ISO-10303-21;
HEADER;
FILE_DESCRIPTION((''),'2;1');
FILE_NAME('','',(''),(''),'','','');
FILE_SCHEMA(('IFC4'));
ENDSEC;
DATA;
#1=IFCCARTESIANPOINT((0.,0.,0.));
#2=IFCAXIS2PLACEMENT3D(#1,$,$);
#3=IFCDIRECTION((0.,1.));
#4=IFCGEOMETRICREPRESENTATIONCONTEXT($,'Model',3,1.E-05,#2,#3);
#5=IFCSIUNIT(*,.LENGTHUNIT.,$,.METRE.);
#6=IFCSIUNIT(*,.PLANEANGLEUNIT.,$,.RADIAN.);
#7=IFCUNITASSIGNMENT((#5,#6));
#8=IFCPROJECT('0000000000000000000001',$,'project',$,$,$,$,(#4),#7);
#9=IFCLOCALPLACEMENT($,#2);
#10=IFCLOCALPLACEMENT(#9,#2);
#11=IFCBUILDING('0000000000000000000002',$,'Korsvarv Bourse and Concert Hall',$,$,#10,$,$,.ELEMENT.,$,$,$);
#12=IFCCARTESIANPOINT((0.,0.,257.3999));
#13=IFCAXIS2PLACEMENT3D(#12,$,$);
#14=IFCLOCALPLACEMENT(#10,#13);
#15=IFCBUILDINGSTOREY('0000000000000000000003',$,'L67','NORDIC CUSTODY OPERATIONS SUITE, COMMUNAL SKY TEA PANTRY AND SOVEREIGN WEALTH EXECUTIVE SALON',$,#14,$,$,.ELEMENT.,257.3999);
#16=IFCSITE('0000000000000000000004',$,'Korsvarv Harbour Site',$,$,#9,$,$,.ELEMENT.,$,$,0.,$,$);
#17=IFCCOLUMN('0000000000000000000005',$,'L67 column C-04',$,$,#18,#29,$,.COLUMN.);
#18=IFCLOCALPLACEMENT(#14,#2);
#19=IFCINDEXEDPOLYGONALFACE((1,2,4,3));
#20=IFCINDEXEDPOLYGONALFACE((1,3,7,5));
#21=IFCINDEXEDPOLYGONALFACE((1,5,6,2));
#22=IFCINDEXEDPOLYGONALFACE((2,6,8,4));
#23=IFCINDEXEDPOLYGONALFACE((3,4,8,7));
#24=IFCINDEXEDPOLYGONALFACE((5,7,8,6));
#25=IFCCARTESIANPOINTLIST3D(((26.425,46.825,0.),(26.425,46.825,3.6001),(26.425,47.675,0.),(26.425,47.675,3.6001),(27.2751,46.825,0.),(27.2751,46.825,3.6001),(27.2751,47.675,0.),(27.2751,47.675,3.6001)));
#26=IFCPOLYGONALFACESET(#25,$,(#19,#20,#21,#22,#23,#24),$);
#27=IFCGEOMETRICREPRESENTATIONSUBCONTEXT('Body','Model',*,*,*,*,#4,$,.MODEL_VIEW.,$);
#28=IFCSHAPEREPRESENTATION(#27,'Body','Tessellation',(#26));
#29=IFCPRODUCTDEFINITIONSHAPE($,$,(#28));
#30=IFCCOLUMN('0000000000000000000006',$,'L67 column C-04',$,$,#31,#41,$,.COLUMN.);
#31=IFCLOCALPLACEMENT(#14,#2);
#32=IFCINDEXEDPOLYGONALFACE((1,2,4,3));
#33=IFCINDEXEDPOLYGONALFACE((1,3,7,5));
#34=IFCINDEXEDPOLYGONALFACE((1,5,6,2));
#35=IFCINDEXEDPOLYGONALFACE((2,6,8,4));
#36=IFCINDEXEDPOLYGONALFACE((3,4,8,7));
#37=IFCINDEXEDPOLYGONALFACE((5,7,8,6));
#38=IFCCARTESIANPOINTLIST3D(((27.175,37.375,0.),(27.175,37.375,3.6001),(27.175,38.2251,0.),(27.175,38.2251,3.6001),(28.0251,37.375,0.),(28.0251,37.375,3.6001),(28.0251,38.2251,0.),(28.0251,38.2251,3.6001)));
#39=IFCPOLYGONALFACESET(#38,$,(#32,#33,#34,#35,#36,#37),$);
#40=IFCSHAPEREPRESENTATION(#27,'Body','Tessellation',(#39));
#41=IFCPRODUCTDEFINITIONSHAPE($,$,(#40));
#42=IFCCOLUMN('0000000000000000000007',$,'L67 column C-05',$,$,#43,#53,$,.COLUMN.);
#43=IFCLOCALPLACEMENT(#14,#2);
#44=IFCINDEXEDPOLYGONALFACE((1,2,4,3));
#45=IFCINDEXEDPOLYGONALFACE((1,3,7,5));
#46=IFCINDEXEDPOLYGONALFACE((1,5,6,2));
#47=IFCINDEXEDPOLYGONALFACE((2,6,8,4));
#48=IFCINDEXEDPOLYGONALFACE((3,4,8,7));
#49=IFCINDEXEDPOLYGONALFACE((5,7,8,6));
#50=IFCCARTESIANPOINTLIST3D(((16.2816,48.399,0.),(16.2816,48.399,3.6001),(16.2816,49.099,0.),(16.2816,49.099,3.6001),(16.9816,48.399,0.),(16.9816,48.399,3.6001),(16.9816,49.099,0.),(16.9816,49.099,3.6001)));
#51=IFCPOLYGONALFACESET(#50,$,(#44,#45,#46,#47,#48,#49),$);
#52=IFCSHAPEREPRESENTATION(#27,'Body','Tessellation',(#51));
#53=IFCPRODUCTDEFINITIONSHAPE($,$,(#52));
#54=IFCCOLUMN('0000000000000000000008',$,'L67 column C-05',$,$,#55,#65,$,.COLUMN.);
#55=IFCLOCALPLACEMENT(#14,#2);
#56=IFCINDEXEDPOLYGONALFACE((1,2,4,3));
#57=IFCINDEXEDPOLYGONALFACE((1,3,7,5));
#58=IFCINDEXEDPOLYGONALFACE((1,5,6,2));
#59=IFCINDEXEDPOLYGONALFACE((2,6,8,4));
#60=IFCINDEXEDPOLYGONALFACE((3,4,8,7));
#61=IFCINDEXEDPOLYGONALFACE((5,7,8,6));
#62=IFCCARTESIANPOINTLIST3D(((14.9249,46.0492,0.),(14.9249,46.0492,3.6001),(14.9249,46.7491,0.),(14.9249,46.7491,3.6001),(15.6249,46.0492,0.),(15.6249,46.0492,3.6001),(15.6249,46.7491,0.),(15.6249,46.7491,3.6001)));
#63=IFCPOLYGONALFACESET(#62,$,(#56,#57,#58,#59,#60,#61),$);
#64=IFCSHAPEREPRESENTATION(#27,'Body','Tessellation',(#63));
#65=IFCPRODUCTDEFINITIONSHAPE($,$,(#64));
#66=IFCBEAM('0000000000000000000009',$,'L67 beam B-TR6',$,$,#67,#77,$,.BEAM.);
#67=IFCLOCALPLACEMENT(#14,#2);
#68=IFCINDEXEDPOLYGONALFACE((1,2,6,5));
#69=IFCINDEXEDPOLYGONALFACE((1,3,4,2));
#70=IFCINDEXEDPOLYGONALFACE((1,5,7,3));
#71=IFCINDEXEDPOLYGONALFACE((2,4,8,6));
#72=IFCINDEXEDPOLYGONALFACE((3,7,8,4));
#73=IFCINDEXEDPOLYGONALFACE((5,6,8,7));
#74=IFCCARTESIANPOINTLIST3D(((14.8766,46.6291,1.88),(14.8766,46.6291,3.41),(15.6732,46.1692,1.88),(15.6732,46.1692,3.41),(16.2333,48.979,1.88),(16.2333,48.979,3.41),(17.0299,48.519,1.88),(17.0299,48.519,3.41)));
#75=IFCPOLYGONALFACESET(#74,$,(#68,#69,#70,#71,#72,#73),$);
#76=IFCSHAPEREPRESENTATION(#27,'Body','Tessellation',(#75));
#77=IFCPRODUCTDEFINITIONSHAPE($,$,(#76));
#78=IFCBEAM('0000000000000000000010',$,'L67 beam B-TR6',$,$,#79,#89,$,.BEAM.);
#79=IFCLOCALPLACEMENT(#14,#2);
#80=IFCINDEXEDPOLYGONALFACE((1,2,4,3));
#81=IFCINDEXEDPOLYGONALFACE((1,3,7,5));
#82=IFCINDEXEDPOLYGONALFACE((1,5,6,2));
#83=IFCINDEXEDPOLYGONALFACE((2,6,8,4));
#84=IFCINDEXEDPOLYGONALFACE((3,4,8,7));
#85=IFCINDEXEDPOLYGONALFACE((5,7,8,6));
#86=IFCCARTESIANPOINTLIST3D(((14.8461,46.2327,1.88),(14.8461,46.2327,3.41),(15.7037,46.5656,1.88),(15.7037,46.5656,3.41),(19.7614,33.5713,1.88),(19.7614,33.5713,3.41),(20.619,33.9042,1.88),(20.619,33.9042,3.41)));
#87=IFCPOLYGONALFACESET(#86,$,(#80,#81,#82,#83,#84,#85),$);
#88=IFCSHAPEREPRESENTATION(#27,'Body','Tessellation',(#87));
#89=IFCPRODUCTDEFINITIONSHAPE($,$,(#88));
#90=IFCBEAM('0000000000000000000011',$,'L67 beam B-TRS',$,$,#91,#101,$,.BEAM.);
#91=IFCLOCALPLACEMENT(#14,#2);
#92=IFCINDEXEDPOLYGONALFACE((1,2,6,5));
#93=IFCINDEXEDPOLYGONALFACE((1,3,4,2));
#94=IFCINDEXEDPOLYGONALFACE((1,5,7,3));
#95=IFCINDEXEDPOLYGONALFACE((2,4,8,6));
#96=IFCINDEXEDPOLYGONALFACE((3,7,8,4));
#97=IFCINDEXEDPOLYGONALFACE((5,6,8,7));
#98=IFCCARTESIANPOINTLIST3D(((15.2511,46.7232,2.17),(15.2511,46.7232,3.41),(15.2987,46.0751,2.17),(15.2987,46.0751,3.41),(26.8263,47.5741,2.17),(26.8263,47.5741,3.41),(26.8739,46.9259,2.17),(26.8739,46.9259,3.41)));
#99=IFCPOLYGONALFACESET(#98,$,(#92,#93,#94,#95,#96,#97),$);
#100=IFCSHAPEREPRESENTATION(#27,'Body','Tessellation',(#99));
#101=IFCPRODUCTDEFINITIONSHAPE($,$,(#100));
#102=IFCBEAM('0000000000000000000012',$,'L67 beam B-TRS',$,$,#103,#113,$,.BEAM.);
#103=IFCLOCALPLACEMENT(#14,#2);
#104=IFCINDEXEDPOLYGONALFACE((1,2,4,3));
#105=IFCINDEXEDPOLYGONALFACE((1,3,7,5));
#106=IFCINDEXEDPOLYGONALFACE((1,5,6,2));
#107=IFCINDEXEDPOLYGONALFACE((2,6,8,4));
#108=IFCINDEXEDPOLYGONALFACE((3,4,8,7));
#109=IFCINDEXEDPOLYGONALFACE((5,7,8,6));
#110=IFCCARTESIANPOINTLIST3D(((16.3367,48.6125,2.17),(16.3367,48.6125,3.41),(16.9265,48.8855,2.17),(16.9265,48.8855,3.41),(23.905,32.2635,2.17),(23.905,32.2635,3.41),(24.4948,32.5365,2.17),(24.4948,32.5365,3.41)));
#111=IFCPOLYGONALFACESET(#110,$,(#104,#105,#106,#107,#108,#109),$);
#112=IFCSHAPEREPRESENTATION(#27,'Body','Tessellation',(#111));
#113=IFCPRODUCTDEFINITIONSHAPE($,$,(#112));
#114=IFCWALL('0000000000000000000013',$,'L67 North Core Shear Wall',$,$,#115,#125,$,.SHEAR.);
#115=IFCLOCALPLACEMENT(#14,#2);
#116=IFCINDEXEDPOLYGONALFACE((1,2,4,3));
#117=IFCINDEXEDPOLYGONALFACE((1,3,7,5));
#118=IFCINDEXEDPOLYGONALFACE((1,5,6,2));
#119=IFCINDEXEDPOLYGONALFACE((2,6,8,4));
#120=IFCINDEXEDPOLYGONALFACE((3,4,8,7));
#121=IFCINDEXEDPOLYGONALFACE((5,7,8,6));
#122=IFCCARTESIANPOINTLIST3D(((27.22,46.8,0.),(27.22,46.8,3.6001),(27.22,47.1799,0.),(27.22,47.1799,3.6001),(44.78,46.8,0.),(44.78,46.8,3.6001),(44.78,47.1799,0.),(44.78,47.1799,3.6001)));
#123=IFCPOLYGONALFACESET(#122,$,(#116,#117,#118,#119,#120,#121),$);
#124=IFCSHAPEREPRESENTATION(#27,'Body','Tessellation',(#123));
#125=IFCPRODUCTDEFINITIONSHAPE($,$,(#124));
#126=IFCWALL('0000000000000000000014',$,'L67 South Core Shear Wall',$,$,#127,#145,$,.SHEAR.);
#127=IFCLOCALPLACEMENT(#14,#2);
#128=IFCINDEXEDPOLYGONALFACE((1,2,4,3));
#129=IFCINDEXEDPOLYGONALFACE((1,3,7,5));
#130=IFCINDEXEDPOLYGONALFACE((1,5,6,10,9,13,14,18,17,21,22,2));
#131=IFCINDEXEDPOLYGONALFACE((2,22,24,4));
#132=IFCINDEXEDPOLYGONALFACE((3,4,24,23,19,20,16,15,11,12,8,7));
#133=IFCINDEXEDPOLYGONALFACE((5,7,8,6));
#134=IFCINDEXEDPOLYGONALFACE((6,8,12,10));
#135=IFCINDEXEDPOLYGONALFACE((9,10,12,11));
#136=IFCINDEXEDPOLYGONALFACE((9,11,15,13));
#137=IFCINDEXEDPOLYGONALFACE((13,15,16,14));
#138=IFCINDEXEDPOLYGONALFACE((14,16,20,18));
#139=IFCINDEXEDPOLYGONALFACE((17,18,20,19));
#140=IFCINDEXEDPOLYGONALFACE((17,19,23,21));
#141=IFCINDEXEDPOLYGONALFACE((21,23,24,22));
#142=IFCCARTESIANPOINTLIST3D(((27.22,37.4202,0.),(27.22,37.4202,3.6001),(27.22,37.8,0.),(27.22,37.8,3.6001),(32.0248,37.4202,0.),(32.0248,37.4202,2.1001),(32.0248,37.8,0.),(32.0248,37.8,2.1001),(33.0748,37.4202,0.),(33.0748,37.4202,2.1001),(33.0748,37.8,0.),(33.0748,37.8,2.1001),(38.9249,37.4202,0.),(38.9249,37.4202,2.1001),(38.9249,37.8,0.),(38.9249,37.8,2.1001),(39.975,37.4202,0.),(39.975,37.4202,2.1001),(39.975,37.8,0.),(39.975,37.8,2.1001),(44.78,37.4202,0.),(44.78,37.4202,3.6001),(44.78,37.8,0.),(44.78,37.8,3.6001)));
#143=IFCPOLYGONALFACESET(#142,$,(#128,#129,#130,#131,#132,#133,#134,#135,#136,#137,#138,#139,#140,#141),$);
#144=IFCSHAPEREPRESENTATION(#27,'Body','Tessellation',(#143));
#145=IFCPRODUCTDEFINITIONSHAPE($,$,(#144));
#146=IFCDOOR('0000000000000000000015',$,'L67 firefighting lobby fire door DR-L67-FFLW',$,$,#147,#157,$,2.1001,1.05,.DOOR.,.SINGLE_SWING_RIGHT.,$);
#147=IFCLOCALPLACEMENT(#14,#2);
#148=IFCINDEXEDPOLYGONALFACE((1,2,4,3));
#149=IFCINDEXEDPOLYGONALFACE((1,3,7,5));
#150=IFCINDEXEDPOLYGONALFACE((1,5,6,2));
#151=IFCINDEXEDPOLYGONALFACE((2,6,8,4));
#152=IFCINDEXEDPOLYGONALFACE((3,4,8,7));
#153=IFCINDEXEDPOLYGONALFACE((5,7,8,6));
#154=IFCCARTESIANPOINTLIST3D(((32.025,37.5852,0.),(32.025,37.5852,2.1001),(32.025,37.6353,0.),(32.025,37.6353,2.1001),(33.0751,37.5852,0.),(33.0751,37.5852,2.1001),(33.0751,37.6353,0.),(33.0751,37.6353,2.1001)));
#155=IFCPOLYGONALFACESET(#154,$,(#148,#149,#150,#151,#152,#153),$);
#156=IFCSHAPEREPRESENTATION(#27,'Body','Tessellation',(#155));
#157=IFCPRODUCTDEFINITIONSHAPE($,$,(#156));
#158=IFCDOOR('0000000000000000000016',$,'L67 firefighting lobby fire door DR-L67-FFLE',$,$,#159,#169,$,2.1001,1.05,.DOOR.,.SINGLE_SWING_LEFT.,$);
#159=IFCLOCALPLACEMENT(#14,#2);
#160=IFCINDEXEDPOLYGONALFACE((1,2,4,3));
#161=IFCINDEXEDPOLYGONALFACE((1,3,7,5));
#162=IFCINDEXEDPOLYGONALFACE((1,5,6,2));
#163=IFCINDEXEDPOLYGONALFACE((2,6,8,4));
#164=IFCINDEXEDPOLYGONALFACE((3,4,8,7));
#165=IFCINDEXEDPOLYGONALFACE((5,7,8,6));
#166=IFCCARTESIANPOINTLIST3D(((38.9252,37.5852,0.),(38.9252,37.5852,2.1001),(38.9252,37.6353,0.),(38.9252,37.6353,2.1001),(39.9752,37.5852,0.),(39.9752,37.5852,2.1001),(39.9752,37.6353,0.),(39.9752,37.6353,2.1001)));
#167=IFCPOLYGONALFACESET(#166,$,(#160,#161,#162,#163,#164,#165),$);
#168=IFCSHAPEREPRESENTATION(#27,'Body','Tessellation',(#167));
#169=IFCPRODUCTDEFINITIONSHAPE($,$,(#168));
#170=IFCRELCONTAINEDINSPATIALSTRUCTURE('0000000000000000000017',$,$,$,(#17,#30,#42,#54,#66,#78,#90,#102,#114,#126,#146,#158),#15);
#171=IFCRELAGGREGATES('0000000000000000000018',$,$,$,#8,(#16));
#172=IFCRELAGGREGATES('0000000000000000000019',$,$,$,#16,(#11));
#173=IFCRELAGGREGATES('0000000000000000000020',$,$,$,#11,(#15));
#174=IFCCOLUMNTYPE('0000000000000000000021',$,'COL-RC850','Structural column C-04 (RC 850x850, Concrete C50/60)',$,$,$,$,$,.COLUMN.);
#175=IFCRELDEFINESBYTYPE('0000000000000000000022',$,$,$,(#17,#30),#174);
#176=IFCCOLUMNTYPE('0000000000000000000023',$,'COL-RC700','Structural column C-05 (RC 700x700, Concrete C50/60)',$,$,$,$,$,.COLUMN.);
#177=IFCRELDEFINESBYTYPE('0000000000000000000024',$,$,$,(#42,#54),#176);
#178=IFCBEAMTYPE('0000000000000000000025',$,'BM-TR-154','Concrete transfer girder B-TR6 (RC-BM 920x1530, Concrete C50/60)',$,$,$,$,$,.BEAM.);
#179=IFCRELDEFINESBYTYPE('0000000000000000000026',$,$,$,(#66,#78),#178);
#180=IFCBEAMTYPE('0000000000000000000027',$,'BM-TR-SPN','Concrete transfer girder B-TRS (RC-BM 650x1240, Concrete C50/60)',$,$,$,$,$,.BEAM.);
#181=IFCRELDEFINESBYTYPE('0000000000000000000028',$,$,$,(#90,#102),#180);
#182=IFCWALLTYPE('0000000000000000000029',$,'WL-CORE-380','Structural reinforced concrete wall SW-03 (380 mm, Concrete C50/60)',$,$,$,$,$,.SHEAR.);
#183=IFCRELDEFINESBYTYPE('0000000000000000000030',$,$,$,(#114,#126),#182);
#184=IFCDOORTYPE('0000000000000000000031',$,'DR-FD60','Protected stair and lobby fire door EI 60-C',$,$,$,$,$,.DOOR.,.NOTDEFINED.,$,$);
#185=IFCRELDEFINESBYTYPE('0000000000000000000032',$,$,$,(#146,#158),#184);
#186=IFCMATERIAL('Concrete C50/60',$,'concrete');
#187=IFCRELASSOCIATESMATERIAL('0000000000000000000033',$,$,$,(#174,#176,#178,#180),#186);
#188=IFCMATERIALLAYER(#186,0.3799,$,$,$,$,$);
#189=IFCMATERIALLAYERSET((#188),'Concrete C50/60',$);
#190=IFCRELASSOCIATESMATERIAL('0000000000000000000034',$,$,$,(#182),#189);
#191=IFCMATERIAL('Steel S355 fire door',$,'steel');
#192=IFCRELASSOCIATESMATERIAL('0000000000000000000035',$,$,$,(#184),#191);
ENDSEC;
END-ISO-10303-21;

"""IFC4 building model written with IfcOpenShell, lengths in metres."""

from ifc_helpers import new_model, si_unit, direction, frame, frame_2d, origin, origin_2d, place, context, subcontext, project, spatial, rectangle, extrude, source, transform, mapped, material, layer, layer_set, material_profile, profile_set, type_object, element, fill, save


model = new_model("IFC4")

# Units and contexts
model_context = context("Model", 3, precision=1e-05, world=origin(), true_north=direction((0.0, 1.0)))
body_context = subcontext(model_context, "Body", "Model", "MODEL_VIEW")
ifc_project = project(units=[si_unit("LENGTHUNIT", "METRE"), si_unit("PLANEANGLEUNIT", "RADIAN")], contexts=[model_context])

# Site, building, storey
site_placement = place(None, origin())
site = spatial("IfcSite", under=ifc_project, at=site_placement, Name="Korsvarv Harbour Site", CompositionType="ELEMENT", RefElevation=0.0)
building_placement = place(site_placement, origin())
building = spatial("IfcBuilding", under=site, at=building_placement, Name="Korsvarv Bourse and Concert Hall", CompositionType="ELEMENT")
storey_placement = place(building_placement, frame((0.0, 0.0, 257.3999)))
storey = spatial("IfcBuildingStorey", under=building, at=storey_placement, Name="L67", Description="NORDIC CUSTODY OPERATIONS SUITE, COMMUNAL SKY TEA PANTRY AND SOVEREIGN WEALTH EXECUTIVE SALON", CompositionType="ELEMENT", Elevation=257.3999)

# Columns
ifc_material_1 = material(Name="Concrete C50/60", Category="concrete")
ifc_material_profile_1 = material_profile(ifc_material_1, rectangle(XDim=0.8501, YDim=0.8501, at=origin_2d()), Name="RC 850x850")
ifc_profile_set_1 = profile_set([ifc_material_profile_1], Name="Concrete C50/60")
column_type_1 = type_object("IfcColumnType", Name="COL-RC850", Description="Structural column C-04 (RC 850x850, Concrete C50/60)", PredefinedType="COLUMN", material=ifc_profile_set_1)
shared_shape_1 = source(origin(), body_context, "Body", "SweptSolid", [
    extrude(rectangle(XDim=0.8501, YDim=0.8501, at=origin_2d()), origin(), (0.0, 0.0, 1.0), 3.6001),
])
for number, where, z_axis, x_axis, name in (
    (1, (26.8501, 47.25, 0.0), (0.0, 0.0, 1.0), (1.0, 0.0, 0.0), "L67 column C-04"),
    (2, (27.6001, 37.8, 0.0), (0.0, 0.0, 1.0), (1.0, 0.0, 0.0), "L67 column C-04"),
):
    element("IfcColumn", number, at=place(storey_placement, frame(where, z_axis=z_axis, x_axis=x_axis)), inside=storey, type_object=column_type_1, Name=name, PredefinedType="COLUMN", context=body_context, shape_type="MappedRepresentation", body=[
        mapped(shared_shape_1, transform((0.0, 0.0, 0.0), scale=1.0)),
    ])
ifc_material_profile_2 = material_profile(ifc_material_1, rectangle(XDim=0.7, YDim=0.7, at=origin_2d()), Name="RC 700x700")
ifc_profile_set_2 = profile_set([ifc_material_profile_2], Name="Concrete C50/60")
column_type_2 = type_object("IfcColumnType", Name="COL-RC700", Description="Structural column C-05 (RC 700x700, Concrete C50/60)", PredefinedType="COLUMN", material=ifc_profile_set_2)
shared_shape_2 = source(origin(), body_context, "Body", "SweptSolid", [
    extrude(rectangle(XDim=0.7, YDim=0.7, at=origin_2d()), origin(), (0.0, 0.0, 1.0), 3.6001),
])
for number, where, z_axis, x_axis, name in (
    (3, (16.6316, 48.749, 0.0), (0.0, 0.0, 1.0), (1.0, 0.0, 0.0), "L67 column C-05"),
    (4, (15.2749, 46.3992, 0.0), (0.0, 0.0, 1.0), (1.0, 0.0, 0.0), "L67 column C-05"),
):
    element("IfcColumn", number, at=place(storey_placement, frame(where, z_axis=z_axis, x_axis=x_axis)), inside=storey, type_object=column_type_2, Name=name, PredefinedType="COLUMN", context=body_context, shape_type="MappedRepresentation", body=[
        mapped(shared_shape_2, transform((0.0, 0.0, 0.0), scale=1.0)),
    ])

# Beams
ifc_material_profile_3 = material_profile(ifc_material_1, rectangle(XDim=0.9199, YDim=1.53, at=origin_2d()), Name="RC-BM 920x1530")
ifc_profile_set_3 = profile_set([ifc_material_profile_3], Name="Concrete C50/60")
beam_type_1 = type_object("IfcBeamType", Name="BM-TR-154", Description="Concrete transfer girder B-TR6 (RC-BM 920x1530, Concrete C50/60)", PredefinedType="BEAM", material=ifc_profile_set_3)
shared_shape_3 = source(origin(), body_context, "Body", "SweptSolid", [
    extrude(rectangle(XDim=0.9199, YDim=1.53, at=origin_2d()), origin(), (0.0, 0.0, 1.0), 2.7134),
])
beam_1_placement = place(storey_placement, frame((16.6316, 48.749, 2.645), z_axis=(-0.5, -0.866025, 0.0), x_axis=(0.866025, -0.5, 0.0)))
element("IfcBeam", 5, at=beam_1_placement, inside=storey, type_object=beam_type_1, Name="L67 beam B-TR6", PredefinedType="BEAM", context=body_context, shape_type="MappedRepresentation", body=[
    mapped(shared_shape_3, transform((0.0, 0.0, 0.0), scale=1.0)),
])
shared_shape_4 = source(origin(), body_context, "Body", "SweptSolid", [
    extrude(rectangle(XDim=0.9199, YDim=1.53, at=origin_2d()), origin(), (0.0, 0.0, 1.0), 13.582),
])
beam_2_placement = place(storey_placement, frame((15.2749, 46.3992, 2.645), z_axis=(0.361897, -0.932218, 0.0), x_axis=(0.932218, 0.361897, 0.0)))
element("IfcBeam", 6, at=beam_2_placement, inside=storey, type_object=beam_type_1, Name="L67 beam B-TR6", PredefinedType="BEAM", context=body_context, shape_type="MappedRepresentation", body=[
    mapped(shared_shape_4, transform((0.0, 0.0, 0.0), scale=1.0)),
])
ifc_material_profile_4 = material_profile(ifc_material_1, rectangle(XDim=0.6499, YDim=1.24, at=origin_2d()), Name="RC-BM 650x1240")
ifc_profile_set_4 = profile_set([ifc_material_profile_4], Name="Concrete C50/60")
beam_type_2 = type_object("IfcBeamType", Name="BM-TR-SPN", Description="Concrete transfer girder B-TRS (RC-BM 650x1240, Concrete C50/60)", PredefinedType="BEAM", material=ifc_profile_set_4)
shared_shape_5 = source(origin(), body_context, "Body", "SweptSolid", [
    extrude(rectangle(XDim=0.6499, YDim=1.24, at=origin_2d()), origin(), (0.0, 0.0, 1.0), 11.6064),
])
beam_3_placement = place(storey_placement, frame((15.2749, 46.3992, 2.79), z_axis=(0.997309, 0.073307, 0.0), x_axis=(-0.073307, 0.997309, 0.0)))
element("IfcBeam", 7, at=beam_3_placement, inside=storey, type_object=beam_type_2, Name="L67 beam B-TRS", PredefinedType="BEAM", context=body_context, shape_type="MappedRepresentation", body=[
    mapped(shared_shape_5, transform((0.0, 0.0, 0.0), scale=1.0)),
])
shared_shape_6 = source(origin(), body_context, "Body", "SweptSolid", [
    extrude(rectangle(XDim=0.6499, YDim=1.24, at=origin_2d()), origin(), (0.0, 0.0, 1.0), 18.0159),
])
beam_4_placement = place(storey_placement, frame((16.6316, 48.749, 2.79), z_axis=(0.420093, -0.907481, 0.0), x_axis=(0.907481, 0.420093, 0.0)))
element("IfcBeam", 8, at=beam_4_placement, inside=storey, type_object=beam_type_2, Name="L67 beam B-TRS", PredefinedType="BEAM", context=body_context, shape_type="MappedRepresentation", body=[
    mapped(shared_shape_6, transform((0.0, 0.0, 0.0), scale=1.0)),
])

# Wall
ifc_layer_1 = layer(ifc_material_1, 0.3799)
ifc_layer_set_1 = layer_set([ifc_layer_1], Name="Concrete C50/60")
wall_type_1 = type_object("IfcWallType", Name="WL-CORE-380", Description="Structural reinforced concrete wall SW-03 (380 mm, Concrete C50/60)", PredefinedType="SHEAR", material=ifc_layer_set_1)
wall_1_placement = place(storey_placement, frame((27.22, 46.99, 0.0), z_axis=(0.0, 0.0, 1.0), x_axis=(1.0, 0.0, 0.0)))
element("IfcWall", 9, at=wall_1_placement, inside=storey, type_object=wall_type_1, Name="L67 North Core Shear Wall", PredefinedType="SHEAR", context=body_context, shape_type="SweptSolid", body=[
    extrude(rectangle(XDim=17.5601, YDim=0.3799, at=frame_2d((8.78, 0.0))), origin(), (0.0, 0.0, 1.0), 3.6001),
])

# Wall, openings, doors
wall_2_placement = place(storey_placement, frame((27.22, 37.6101, 0.0), z_axis=(0.0, 0.0, 1.0), x_axis=(1.0, 0.0, 0.0)))
wall_2 = element("IfcWall", 10, at=wall_2_placement, inside=storey, type_object=wall_type_1, Name="L67 South Core Shear Wall", PredefinedType="SHEAR", context=body_context, shape_type="SweptSolid", body=[
    extrude(rectangle(XDim=17.5601, YDim=0.3799, at=frame_2d((8.78, 0.0))), origin(), (0.0, 0.0, 1.0), 3.6001),
])
opening_1_placement = place(wall_2_placement, frame((4.8049, 0.0, 0.0)))
opening_1 = element("IfcOpeningElement", 11, at=opening_1_placement, cuts=wall_2, PredefinedType="OPENING", context=body_context, shape_type="SweptSolid", body=[
    extrude(rectangle(XDim=1.05, YDim=2.1001, at=frame_2d((0.5249, 1.05))), frame((0.0, 0.2, 0.0), z_axis=(0.0, -1.0, 0.0), x_axis=(1.0, 0.0, 0.0)), (0.0, 0.0, 1.0), 0.3999),
])
opening_2_placement = place(wall_2_placement, frame((11.7051, 0.0, 0.0)))
opening_2 = element("IfcOpeningElement", 12, at=opening_2_placement, cuts=wall_2, PredefinedType="OPENING", context=body_context, shape_type="SweptSolid", body=[
    extrude(rectangle(XDim=1.05, YDim=2.1001, at=frame_2d((0.5249, 1.05))), frame((0.0, 0.2, 0.0), z_axis=(0.0, -1.0, 0.0), x_axis=(1.0, 0.0, 0.0)), (0.0, 0.0, 1.0), 0.3999),
])
ifc_material_2 = material(Name="Steel S355 fire door", Category="steel")
door_type_1 = type_object("IfcDoorType", Name="DR-FD60", Description="Protected stair and lobby fire door EI 60-C", OperationType="NOTDEFINED", PredefinedType="DOOR", material=ifc_material_2)
door_1_placement = place(opening_1_placement, frame((1.05, 0.0, 0.0), z_axis=(0.0, 0.0, 1.0), x_axis=(-1.0, 0.0, 0.0)))
door_1 = element("IfcDoor", 13, at=door_1_placement, inside=storey, type_object=door_type_1, Name="L67 firefighting lobby fire door DR-L67-FFLW", OperationType="SINGLE_SWING_RIGHT", OverallHeight=2.1001, OverallWidth=1.05, PredefinedType="DOOR", context=body_context, shape_type="SweptSolid", body=[
    extrude(rectangle(XDim=1.05, YDim=2.1001, at=frame_2d((0.5249, 1.05))), frame((0.0, 0.0249, 0.0), z_axis=(0.0, -1.0, 0.0), x_axis=(1.0, 0.0, 0.0)), (0.0, 0.0, 1.0), 0.05),
])
fill(opening_1, door_1)
door_2_placement = place(opening_2_placement, frame((1.05, 0.0, 0.0), z_axis=(0.0, 0.0, 1.0), x_axis=(-1.0, 0.0, 0.0)))
door_2 = element("IfcDoor", 14, at=door_2_placement, inside=storey, type_object=door_type_1, Name="L67 firefighting lobby fire door DR-L67-FFLE", OperationType="SINGLE_SWING_LEFT", OverallHeight=2.1001, OverallWidth=1.05, PredefinedType="DOOR", context=body_context, shape_type="SweptSolid", body=[
    extrude(rectangle(XDim=1.05, YDim=2.1001, at=frame_2d((0.5249, 1.05))), frame((0.0, 0.0249, 0.0), z_axis=(0.0, -1.0, 0.0), x_axis=(1.0, 0.0, 0.0)), (0.0, 0.0, 1.0), 0.05),
])
fill(opening_2, door_2)

save(model, "model.ifc")
